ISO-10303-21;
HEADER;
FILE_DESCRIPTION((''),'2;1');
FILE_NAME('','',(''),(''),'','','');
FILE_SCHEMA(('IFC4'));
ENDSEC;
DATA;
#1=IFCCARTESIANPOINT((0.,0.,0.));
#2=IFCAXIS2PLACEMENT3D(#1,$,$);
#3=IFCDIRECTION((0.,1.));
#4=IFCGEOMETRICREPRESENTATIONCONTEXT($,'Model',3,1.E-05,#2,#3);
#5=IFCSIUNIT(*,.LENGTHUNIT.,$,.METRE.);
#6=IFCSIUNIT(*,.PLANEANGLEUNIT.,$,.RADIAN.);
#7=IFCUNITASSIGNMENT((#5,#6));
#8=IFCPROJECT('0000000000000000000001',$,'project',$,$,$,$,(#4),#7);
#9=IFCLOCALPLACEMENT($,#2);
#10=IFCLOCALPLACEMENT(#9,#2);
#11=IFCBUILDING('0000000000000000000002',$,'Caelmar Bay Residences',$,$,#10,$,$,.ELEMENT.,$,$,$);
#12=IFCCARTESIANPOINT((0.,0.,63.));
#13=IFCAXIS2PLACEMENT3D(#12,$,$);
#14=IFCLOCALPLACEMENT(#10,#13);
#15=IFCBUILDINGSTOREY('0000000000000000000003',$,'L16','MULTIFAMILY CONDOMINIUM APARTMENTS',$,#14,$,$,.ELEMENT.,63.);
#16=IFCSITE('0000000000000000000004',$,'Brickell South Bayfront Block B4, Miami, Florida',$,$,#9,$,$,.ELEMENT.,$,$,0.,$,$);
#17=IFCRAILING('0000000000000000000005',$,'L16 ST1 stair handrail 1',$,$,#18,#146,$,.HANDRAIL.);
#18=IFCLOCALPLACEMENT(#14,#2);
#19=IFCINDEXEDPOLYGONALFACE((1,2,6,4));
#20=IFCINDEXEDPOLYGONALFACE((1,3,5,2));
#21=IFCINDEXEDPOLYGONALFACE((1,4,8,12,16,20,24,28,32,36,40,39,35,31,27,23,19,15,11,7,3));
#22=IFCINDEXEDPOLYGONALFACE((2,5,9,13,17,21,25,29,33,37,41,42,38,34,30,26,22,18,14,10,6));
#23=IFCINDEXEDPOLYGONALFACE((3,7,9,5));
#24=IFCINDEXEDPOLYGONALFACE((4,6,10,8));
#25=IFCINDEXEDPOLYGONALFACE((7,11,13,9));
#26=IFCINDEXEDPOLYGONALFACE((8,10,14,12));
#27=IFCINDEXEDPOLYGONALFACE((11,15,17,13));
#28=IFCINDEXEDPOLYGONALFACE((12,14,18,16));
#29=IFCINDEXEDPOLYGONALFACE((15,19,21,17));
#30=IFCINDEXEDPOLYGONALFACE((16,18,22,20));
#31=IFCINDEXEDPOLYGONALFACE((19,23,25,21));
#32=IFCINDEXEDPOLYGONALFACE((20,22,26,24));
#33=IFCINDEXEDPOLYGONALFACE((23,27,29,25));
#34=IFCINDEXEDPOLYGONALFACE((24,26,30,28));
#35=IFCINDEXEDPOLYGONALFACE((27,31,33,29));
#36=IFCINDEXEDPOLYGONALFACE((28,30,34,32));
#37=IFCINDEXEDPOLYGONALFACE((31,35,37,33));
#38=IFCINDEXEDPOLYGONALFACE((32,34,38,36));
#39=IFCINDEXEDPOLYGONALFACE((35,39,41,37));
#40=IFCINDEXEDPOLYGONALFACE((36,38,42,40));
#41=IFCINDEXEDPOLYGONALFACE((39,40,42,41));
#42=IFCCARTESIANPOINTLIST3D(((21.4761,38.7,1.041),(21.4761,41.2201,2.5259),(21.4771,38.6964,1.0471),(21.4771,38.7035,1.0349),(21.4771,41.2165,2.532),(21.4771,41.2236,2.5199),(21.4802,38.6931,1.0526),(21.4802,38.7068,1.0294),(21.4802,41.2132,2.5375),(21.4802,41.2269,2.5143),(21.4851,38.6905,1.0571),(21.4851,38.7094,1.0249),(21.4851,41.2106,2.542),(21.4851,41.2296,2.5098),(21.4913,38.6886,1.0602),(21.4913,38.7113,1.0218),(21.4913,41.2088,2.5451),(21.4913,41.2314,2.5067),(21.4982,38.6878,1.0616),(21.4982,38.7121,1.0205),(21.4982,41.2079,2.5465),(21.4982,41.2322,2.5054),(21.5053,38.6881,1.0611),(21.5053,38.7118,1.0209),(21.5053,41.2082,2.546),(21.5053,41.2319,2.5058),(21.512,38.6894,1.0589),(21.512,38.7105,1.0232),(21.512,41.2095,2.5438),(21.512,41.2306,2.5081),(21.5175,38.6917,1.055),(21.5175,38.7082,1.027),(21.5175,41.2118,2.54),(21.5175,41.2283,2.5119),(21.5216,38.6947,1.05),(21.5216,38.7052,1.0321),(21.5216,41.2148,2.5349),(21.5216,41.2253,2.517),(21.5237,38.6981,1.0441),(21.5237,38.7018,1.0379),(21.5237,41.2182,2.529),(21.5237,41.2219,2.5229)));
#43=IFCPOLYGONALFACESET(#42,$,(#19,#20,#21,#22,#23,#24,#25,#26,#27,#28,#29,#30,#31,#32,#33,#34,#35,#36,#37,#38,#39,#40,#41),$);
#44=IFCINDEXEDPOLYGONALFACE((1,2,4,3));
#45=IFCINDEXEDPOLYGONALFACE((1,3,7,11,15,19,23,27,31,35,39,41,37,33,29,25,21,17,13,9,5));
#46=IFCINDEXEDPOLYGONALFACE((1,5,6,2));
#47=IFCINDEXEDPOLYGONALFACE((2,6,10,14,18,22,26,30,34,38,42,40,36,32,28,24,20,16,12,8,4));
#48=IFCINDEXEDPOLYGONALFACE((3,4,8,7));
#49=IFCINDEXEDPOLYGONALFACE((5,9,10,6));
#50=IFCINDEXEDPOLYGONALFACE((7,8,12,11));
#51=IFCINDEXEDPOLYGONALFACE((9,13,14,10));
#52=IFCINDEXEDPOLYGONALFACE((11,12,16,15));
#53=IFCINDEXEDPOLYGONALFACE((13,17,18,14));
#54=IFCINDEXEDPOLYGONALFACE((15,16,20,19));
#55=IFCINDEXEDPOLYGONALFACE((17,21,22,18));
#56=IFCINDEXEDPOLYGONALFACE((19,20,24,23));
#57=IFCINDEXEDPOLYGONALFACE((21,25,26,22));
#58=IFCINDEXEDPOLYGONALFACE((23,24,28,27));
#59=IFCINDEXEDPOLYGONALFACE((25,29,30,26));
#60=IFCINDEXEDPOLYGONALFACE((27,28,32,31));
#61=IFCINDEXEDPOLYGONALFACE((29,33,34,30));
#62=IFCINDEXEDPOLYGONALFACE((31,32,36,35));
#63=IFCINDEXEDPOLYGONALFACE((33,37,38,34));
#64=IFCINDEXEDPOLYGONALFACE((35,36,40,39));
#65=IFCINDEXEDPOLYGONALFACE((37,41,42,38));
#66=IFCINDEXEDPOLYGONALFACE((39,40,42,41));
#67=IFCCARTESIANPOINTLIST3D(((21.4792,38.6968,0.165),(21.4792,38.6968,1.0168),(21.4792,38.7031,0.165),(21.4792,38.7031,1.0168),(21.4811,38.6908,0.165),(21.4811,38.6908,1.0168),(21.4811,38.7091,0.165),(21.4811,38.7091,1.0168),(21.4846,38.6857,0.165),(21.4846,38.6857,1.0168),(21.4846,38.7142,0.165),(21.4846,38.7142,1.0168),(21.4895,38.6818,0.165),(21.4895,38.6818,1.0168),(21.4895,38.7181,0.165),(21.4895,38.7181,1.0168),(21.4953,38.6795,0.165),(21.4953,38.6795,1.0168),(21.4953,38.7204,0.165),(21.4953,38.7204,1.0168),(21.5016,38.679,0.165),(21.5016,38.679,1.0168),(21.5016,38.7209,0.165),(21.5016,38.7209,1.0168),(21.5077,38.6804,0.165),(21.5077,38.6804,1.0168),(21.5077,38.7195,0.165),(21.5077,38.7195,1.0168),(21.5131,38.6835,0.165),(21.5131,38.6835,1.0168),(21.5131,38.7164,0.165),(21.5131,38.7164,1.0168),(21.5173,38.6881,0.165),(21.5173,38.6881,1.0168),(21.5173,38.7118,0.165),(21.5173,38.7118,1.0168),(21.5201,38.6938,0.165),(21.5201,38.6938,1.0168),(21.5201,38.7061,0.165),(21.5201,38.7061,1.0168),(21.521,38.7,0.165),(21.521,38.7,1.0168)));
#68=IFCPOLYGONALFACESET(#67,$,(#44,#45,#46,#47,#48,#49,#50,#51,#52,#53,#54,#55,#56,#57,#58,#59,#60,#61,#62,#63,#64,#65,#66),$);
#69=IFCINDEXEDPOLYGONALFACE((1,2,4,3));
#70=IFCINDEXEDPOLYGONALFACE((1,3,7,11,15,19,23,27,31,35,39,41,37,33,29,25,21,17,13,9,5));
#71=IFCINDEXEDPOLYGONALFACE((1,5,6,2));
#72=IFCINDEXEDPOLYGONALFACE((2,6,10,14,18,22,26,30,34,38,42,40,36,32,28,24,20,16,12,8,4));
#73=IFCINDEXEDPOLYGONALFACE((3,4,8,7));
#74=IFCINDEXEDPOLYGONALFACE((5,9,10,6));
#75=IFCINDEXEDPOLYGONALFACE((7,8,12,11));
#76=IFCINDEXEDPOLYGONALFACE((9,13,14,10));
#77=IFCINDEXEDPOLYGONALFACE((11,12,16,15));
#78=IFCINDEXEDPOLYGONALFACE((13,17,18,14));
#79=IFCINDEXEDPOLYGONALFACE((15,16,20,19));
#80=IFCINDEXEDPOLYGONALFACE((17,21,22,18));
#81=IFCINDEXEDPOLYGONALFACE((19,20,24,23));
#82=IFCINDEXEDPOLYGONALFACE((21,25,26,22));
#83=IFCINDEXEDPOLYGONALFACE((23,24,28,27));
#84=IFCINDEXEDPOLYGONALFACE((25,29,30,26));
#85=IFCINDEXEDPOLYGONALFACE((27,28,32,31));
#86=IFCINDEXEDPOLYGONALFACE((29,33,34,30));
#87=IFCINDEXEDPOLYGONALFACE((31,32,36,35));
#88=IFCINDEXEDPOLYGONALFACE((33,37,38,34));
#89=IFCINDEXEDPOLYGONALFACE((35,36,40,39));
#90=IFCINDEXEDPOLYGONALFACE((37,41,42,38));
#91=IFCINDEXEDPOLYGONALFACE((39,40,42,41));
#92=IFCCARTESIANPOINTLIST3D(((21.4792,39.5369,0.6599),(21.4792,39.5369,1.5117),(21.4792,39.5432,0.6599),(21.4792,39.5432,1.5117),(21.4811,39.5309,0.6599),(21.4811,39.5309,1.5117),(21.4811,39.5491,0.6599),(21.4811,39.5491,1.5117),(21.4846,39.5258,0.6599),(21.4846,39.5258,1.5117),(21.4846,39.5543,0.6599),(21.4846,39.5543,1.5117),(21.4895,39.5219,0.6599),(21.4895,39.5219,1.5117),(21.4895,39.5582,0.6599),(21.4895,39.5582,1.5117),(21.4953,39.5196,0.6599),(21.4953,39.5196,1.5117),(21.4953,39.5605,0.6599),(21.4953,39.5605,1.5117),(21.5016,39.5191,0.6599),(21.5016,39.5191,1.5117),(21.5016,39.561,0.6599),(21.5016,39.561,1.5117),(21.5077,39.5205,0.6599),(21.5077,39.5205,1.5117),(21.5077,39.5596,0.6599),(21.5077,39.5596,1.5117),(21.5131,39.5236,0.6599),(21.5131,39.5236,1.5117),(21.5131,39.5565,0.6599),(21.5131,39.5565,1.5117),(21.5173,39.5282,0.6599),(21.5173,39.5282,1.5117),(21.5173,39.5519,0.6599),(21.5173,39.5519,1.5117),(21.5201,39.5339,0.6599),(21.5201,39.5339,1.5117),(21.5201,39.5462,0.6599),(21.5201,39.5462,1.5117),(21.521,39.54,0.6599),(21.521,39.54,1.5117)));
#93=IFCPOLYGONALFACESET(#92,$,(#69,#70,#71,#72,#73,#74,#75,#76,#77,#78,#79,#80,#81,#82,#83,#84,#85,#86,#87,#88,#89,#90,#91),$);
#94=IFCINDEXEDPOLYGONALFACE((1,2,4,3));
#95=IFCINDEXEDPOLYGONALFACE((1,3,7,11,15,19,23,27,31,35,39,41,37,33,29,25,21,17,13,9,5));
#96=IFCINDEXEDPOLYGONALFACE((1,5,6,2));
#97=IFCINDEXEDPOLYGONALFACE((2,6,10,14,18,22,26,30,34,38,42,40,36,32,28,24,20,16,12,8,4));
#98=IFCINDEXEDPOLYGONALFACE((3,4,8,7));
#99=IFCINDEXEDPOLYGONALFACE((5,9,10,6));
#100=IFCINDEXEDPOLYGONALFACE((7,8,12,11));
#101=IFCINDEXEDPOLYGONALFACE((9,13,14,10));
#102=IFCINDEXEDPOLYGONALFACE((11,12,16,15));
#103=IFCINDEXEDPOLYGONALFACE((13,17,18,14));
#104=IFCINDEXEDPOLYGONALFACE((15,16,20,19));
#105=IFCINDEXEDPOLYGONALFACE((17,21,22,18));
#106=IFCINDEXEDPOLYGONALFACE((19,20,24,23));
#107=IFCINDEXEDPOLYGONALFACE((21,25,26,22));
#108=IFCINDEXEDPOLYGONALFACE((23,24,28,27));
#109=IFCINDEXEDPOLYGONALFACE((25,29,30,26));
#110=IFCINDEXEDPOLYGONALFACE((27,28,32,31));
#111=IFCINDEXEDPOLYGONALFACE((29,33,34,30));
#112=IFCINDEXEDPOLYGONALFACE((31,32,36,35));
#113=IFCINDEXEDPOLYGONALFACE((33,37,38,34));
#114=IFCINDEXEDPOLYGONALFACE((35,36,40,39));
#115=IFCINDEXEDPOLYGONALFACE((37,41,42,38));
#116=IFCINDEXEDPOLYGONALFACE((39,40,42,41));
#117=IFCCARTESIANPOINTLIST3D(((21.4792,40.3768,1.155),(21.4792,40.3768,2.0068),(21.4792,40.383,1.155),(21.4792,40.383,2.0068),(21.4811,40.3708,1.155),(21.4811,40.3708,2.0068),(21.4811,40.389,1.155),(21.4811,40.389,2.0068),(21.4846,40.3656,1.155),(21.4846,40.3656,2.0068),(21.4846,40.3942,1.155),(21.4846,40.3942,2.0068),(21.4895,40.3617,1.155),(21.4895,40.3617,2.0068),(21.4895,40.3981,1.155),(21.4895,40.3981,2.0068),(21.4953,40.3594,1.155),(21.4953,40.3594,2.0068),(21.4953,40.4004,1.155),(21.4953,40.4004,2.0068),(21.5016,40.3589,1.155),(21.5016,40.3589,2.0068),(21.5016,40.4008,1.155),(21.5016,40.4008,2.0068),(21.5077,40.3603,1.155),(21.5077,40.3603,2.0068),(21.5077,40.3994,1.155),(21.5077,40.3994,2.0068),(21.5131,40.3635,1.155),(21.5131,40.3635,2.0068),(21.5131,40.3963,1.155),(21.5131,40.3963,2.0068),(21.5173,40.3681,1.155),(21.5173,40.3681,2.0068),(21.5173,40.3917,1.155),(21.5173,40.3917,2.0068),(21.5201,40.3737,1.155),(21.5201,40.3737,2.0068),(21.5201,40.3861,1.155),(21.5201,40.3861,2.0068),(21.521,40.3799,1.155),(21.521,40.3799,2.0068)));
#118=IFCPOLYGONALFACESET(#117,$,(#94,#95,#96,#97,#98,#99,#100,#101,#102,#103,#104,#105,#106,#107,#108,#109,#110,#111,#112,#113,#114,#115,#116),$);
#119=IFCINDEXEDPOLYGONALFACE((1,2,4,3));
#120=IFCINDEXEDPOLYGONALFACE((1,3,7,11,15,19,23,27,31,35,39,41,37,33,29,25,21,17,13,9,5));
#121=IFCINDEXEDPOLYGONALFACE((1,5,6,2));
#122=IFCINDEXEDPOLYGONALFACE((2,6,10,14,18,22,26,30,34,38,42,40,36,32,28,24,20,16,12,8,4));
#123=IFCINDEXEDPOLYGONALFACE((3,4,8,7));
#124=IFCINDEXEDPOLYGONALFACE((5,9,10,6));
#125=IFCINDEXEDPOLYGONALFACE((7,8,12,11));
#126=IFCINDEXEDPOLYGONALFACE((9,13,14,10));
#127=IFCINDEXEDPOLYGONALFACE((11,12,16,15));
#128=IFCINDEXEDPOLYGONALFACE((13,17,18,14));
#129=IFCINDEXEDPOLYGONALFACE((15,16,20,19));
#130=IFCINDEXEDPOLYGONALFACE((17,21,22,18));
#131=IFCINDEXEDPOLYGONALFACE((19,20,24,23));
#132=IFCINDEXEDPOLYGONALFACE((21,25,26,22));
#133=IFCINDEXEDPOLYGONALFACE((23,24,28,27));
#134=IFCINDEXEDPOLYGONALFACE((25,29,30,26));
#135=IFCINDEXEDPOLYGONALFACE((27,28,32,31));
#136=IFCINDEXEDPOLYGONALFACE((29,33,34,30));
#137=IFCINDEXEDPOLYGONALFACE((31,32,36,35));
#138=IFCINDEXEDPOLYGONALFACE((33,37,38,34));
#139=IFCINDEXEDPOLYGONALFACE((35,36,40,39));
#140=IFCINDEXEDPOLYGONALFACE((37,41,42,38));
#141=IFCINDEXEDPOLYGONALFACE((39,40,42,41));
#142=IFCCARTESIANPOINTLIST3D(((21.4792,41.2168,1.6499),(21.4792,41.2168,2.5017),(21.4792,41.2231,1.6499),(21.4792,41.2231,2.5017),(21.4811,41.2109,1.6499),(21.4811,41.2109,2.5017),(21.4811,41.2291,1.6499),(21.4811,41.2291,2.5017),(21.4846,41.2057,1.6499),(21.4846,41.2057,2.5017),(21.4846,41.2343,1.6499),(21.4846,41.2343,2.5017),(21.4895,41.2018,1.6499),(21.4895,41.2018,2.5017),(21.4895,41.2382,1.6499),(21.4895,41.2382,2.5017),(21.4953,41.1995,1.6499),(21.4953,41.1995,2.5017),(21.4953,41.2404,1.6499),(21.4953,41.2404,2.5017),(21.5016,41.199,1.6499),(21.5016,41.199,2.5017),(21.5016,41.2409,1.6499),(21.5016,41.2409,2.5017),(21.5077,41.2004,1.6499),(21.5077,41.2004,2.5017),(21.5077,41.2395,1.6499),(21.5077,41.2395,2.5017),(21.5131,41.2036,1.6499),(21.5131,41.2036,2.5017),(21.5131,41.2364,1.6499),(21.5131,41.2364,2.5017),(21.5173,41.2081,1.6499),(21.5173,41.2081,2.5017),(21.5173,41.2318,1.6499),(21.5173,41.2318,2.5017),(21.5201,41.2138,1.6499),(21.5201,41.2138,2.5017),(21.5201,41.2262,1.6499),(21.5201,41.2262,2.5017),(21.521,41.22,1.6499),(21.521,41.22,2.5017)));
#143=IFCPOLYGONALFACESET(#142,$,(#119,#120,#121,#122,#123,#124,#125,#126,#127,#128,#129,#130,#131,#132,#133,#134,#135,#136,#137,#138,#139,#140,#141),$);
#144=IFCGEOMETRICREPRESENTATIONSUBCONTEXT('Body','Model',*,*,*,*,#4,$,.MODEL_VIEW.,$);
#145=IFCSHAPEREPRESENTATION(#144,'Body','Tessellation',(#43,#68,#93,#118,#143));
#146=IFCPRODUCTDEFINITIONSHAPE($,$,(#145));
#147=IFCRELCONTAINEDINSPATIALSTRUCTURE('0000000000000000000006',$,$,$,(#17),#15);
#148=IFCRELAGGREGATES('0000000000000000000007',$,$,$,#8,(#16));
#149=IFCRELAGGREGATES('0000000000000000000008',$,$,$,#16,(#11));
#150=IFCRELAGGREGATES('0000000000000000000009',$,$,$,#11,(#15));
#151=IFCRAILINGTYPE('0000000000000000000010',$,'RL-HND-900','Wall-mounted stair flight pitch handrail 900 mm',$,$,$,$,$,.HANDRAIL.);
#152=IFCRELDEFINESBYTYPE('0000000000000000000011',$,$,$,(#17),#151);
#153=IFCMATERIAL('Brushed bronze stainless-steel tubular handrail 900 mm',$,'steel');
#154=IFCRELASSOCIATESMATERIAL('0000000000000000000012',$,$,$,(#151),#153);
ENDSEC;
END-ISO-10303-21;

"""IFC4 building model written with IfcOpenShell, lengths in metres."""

from ifc_helpers import new_model, si_unit, direction, frame, origin, origin_2d, place, context, subcontext, project, spatial, circle, extrude, material, type_object, element, save


model = new_model("IFC4")

# Units and contexts
model_context = context("Model", 3, precision=1e-05, world=origin(), true_north=direction((0.0, 1.0)))
body_context = subcontext(model_context, "Body", "Model", "MODEL_VIEW")
ifc_project = project(units=[si_unit("LENGTHUNIT", "METRE"), si_unit("PLANEANGLEUNIT", "RADIAN")], contexts=[model_context])

# Site, building, storey
site_placement = place(None, origin())
site = spatial("IfcSite", under=ifc_project, at=site_placement, Name="Brickell South Bayfront Block B4, Miami, Florida", CompositionType="ELEMENT", RefElevation=0.0)
building_placement = place(site_placement, origin())
building = spatial("IfcBuilding", under=site, at=building_placement, Name="Caelmar Bay Residences", CompositionType="ELEMENT")
storey_placement = place(building_placement, frame((0.0, 0.0, 63.0)))
storey = spatial("IfcBuildingStorey", under=building, at=storey_placement, Name="L16", Description="MULTIFAMILY CONDOMINIUM APARTMENTS", CompositionType="ELEMENT", Elevation=63.0)

# Railing
ifc_material_1 = material(Name="Brushed bronze stainless-steel tubular handrail 900 mm", Category="steel")
railing_type_1 = type_object("IfcRailingType", Name="RL-HND-900", Description="Wall-mounted stair flight pitch handrail 900 mm", PredefinedType="HANDRAIL", material=ifc_material_1)
railing_1_placement = place(storey_placement, frame((21.5, 38.7, 0.165)))
element("IfcRailing", 1, at=railing_1_placement, inside=storey, type_object=railing_type_1, Name="L16 ST1 stair handrail 1", PredefinedType="HANDRAIL", context=body_context, shape_type="SweptSolid", body=[
    extrude(circle(Radius=0.0239, at=origin_2d()), frame((0.0, 0.0, 0.876), z_axis=(0.0, 0.861561, 0.507655), x_axis=(-1.0, 0.0, 0.0)), (0.0, 0.0, 1.0), 2.925),
    extrude(circle(Radius=0.021, at=origin_2d()), origin(), (0.0, 0.0, 1.0), 0.8518),
    extrude(circle(Radius=0.021, at=origin_2d()), frame((0.0, 0.8401, 0.4949)), (0.0, 0.0, 1.0), 0.8518),
    extrude(circle(Radius=0.021, at=origin_2d()), frame((0.0, 1.6799, 0.99)), (0.0, 0.0, 1.0), 0.8518),
    extrude(circle(Radius=0.021, at=origin_2d()), frame((0.0, 2.52, 1.4849)), (0.0, 0.0, 1.0), 0.8518),
])

save(model, "model.ifc")
